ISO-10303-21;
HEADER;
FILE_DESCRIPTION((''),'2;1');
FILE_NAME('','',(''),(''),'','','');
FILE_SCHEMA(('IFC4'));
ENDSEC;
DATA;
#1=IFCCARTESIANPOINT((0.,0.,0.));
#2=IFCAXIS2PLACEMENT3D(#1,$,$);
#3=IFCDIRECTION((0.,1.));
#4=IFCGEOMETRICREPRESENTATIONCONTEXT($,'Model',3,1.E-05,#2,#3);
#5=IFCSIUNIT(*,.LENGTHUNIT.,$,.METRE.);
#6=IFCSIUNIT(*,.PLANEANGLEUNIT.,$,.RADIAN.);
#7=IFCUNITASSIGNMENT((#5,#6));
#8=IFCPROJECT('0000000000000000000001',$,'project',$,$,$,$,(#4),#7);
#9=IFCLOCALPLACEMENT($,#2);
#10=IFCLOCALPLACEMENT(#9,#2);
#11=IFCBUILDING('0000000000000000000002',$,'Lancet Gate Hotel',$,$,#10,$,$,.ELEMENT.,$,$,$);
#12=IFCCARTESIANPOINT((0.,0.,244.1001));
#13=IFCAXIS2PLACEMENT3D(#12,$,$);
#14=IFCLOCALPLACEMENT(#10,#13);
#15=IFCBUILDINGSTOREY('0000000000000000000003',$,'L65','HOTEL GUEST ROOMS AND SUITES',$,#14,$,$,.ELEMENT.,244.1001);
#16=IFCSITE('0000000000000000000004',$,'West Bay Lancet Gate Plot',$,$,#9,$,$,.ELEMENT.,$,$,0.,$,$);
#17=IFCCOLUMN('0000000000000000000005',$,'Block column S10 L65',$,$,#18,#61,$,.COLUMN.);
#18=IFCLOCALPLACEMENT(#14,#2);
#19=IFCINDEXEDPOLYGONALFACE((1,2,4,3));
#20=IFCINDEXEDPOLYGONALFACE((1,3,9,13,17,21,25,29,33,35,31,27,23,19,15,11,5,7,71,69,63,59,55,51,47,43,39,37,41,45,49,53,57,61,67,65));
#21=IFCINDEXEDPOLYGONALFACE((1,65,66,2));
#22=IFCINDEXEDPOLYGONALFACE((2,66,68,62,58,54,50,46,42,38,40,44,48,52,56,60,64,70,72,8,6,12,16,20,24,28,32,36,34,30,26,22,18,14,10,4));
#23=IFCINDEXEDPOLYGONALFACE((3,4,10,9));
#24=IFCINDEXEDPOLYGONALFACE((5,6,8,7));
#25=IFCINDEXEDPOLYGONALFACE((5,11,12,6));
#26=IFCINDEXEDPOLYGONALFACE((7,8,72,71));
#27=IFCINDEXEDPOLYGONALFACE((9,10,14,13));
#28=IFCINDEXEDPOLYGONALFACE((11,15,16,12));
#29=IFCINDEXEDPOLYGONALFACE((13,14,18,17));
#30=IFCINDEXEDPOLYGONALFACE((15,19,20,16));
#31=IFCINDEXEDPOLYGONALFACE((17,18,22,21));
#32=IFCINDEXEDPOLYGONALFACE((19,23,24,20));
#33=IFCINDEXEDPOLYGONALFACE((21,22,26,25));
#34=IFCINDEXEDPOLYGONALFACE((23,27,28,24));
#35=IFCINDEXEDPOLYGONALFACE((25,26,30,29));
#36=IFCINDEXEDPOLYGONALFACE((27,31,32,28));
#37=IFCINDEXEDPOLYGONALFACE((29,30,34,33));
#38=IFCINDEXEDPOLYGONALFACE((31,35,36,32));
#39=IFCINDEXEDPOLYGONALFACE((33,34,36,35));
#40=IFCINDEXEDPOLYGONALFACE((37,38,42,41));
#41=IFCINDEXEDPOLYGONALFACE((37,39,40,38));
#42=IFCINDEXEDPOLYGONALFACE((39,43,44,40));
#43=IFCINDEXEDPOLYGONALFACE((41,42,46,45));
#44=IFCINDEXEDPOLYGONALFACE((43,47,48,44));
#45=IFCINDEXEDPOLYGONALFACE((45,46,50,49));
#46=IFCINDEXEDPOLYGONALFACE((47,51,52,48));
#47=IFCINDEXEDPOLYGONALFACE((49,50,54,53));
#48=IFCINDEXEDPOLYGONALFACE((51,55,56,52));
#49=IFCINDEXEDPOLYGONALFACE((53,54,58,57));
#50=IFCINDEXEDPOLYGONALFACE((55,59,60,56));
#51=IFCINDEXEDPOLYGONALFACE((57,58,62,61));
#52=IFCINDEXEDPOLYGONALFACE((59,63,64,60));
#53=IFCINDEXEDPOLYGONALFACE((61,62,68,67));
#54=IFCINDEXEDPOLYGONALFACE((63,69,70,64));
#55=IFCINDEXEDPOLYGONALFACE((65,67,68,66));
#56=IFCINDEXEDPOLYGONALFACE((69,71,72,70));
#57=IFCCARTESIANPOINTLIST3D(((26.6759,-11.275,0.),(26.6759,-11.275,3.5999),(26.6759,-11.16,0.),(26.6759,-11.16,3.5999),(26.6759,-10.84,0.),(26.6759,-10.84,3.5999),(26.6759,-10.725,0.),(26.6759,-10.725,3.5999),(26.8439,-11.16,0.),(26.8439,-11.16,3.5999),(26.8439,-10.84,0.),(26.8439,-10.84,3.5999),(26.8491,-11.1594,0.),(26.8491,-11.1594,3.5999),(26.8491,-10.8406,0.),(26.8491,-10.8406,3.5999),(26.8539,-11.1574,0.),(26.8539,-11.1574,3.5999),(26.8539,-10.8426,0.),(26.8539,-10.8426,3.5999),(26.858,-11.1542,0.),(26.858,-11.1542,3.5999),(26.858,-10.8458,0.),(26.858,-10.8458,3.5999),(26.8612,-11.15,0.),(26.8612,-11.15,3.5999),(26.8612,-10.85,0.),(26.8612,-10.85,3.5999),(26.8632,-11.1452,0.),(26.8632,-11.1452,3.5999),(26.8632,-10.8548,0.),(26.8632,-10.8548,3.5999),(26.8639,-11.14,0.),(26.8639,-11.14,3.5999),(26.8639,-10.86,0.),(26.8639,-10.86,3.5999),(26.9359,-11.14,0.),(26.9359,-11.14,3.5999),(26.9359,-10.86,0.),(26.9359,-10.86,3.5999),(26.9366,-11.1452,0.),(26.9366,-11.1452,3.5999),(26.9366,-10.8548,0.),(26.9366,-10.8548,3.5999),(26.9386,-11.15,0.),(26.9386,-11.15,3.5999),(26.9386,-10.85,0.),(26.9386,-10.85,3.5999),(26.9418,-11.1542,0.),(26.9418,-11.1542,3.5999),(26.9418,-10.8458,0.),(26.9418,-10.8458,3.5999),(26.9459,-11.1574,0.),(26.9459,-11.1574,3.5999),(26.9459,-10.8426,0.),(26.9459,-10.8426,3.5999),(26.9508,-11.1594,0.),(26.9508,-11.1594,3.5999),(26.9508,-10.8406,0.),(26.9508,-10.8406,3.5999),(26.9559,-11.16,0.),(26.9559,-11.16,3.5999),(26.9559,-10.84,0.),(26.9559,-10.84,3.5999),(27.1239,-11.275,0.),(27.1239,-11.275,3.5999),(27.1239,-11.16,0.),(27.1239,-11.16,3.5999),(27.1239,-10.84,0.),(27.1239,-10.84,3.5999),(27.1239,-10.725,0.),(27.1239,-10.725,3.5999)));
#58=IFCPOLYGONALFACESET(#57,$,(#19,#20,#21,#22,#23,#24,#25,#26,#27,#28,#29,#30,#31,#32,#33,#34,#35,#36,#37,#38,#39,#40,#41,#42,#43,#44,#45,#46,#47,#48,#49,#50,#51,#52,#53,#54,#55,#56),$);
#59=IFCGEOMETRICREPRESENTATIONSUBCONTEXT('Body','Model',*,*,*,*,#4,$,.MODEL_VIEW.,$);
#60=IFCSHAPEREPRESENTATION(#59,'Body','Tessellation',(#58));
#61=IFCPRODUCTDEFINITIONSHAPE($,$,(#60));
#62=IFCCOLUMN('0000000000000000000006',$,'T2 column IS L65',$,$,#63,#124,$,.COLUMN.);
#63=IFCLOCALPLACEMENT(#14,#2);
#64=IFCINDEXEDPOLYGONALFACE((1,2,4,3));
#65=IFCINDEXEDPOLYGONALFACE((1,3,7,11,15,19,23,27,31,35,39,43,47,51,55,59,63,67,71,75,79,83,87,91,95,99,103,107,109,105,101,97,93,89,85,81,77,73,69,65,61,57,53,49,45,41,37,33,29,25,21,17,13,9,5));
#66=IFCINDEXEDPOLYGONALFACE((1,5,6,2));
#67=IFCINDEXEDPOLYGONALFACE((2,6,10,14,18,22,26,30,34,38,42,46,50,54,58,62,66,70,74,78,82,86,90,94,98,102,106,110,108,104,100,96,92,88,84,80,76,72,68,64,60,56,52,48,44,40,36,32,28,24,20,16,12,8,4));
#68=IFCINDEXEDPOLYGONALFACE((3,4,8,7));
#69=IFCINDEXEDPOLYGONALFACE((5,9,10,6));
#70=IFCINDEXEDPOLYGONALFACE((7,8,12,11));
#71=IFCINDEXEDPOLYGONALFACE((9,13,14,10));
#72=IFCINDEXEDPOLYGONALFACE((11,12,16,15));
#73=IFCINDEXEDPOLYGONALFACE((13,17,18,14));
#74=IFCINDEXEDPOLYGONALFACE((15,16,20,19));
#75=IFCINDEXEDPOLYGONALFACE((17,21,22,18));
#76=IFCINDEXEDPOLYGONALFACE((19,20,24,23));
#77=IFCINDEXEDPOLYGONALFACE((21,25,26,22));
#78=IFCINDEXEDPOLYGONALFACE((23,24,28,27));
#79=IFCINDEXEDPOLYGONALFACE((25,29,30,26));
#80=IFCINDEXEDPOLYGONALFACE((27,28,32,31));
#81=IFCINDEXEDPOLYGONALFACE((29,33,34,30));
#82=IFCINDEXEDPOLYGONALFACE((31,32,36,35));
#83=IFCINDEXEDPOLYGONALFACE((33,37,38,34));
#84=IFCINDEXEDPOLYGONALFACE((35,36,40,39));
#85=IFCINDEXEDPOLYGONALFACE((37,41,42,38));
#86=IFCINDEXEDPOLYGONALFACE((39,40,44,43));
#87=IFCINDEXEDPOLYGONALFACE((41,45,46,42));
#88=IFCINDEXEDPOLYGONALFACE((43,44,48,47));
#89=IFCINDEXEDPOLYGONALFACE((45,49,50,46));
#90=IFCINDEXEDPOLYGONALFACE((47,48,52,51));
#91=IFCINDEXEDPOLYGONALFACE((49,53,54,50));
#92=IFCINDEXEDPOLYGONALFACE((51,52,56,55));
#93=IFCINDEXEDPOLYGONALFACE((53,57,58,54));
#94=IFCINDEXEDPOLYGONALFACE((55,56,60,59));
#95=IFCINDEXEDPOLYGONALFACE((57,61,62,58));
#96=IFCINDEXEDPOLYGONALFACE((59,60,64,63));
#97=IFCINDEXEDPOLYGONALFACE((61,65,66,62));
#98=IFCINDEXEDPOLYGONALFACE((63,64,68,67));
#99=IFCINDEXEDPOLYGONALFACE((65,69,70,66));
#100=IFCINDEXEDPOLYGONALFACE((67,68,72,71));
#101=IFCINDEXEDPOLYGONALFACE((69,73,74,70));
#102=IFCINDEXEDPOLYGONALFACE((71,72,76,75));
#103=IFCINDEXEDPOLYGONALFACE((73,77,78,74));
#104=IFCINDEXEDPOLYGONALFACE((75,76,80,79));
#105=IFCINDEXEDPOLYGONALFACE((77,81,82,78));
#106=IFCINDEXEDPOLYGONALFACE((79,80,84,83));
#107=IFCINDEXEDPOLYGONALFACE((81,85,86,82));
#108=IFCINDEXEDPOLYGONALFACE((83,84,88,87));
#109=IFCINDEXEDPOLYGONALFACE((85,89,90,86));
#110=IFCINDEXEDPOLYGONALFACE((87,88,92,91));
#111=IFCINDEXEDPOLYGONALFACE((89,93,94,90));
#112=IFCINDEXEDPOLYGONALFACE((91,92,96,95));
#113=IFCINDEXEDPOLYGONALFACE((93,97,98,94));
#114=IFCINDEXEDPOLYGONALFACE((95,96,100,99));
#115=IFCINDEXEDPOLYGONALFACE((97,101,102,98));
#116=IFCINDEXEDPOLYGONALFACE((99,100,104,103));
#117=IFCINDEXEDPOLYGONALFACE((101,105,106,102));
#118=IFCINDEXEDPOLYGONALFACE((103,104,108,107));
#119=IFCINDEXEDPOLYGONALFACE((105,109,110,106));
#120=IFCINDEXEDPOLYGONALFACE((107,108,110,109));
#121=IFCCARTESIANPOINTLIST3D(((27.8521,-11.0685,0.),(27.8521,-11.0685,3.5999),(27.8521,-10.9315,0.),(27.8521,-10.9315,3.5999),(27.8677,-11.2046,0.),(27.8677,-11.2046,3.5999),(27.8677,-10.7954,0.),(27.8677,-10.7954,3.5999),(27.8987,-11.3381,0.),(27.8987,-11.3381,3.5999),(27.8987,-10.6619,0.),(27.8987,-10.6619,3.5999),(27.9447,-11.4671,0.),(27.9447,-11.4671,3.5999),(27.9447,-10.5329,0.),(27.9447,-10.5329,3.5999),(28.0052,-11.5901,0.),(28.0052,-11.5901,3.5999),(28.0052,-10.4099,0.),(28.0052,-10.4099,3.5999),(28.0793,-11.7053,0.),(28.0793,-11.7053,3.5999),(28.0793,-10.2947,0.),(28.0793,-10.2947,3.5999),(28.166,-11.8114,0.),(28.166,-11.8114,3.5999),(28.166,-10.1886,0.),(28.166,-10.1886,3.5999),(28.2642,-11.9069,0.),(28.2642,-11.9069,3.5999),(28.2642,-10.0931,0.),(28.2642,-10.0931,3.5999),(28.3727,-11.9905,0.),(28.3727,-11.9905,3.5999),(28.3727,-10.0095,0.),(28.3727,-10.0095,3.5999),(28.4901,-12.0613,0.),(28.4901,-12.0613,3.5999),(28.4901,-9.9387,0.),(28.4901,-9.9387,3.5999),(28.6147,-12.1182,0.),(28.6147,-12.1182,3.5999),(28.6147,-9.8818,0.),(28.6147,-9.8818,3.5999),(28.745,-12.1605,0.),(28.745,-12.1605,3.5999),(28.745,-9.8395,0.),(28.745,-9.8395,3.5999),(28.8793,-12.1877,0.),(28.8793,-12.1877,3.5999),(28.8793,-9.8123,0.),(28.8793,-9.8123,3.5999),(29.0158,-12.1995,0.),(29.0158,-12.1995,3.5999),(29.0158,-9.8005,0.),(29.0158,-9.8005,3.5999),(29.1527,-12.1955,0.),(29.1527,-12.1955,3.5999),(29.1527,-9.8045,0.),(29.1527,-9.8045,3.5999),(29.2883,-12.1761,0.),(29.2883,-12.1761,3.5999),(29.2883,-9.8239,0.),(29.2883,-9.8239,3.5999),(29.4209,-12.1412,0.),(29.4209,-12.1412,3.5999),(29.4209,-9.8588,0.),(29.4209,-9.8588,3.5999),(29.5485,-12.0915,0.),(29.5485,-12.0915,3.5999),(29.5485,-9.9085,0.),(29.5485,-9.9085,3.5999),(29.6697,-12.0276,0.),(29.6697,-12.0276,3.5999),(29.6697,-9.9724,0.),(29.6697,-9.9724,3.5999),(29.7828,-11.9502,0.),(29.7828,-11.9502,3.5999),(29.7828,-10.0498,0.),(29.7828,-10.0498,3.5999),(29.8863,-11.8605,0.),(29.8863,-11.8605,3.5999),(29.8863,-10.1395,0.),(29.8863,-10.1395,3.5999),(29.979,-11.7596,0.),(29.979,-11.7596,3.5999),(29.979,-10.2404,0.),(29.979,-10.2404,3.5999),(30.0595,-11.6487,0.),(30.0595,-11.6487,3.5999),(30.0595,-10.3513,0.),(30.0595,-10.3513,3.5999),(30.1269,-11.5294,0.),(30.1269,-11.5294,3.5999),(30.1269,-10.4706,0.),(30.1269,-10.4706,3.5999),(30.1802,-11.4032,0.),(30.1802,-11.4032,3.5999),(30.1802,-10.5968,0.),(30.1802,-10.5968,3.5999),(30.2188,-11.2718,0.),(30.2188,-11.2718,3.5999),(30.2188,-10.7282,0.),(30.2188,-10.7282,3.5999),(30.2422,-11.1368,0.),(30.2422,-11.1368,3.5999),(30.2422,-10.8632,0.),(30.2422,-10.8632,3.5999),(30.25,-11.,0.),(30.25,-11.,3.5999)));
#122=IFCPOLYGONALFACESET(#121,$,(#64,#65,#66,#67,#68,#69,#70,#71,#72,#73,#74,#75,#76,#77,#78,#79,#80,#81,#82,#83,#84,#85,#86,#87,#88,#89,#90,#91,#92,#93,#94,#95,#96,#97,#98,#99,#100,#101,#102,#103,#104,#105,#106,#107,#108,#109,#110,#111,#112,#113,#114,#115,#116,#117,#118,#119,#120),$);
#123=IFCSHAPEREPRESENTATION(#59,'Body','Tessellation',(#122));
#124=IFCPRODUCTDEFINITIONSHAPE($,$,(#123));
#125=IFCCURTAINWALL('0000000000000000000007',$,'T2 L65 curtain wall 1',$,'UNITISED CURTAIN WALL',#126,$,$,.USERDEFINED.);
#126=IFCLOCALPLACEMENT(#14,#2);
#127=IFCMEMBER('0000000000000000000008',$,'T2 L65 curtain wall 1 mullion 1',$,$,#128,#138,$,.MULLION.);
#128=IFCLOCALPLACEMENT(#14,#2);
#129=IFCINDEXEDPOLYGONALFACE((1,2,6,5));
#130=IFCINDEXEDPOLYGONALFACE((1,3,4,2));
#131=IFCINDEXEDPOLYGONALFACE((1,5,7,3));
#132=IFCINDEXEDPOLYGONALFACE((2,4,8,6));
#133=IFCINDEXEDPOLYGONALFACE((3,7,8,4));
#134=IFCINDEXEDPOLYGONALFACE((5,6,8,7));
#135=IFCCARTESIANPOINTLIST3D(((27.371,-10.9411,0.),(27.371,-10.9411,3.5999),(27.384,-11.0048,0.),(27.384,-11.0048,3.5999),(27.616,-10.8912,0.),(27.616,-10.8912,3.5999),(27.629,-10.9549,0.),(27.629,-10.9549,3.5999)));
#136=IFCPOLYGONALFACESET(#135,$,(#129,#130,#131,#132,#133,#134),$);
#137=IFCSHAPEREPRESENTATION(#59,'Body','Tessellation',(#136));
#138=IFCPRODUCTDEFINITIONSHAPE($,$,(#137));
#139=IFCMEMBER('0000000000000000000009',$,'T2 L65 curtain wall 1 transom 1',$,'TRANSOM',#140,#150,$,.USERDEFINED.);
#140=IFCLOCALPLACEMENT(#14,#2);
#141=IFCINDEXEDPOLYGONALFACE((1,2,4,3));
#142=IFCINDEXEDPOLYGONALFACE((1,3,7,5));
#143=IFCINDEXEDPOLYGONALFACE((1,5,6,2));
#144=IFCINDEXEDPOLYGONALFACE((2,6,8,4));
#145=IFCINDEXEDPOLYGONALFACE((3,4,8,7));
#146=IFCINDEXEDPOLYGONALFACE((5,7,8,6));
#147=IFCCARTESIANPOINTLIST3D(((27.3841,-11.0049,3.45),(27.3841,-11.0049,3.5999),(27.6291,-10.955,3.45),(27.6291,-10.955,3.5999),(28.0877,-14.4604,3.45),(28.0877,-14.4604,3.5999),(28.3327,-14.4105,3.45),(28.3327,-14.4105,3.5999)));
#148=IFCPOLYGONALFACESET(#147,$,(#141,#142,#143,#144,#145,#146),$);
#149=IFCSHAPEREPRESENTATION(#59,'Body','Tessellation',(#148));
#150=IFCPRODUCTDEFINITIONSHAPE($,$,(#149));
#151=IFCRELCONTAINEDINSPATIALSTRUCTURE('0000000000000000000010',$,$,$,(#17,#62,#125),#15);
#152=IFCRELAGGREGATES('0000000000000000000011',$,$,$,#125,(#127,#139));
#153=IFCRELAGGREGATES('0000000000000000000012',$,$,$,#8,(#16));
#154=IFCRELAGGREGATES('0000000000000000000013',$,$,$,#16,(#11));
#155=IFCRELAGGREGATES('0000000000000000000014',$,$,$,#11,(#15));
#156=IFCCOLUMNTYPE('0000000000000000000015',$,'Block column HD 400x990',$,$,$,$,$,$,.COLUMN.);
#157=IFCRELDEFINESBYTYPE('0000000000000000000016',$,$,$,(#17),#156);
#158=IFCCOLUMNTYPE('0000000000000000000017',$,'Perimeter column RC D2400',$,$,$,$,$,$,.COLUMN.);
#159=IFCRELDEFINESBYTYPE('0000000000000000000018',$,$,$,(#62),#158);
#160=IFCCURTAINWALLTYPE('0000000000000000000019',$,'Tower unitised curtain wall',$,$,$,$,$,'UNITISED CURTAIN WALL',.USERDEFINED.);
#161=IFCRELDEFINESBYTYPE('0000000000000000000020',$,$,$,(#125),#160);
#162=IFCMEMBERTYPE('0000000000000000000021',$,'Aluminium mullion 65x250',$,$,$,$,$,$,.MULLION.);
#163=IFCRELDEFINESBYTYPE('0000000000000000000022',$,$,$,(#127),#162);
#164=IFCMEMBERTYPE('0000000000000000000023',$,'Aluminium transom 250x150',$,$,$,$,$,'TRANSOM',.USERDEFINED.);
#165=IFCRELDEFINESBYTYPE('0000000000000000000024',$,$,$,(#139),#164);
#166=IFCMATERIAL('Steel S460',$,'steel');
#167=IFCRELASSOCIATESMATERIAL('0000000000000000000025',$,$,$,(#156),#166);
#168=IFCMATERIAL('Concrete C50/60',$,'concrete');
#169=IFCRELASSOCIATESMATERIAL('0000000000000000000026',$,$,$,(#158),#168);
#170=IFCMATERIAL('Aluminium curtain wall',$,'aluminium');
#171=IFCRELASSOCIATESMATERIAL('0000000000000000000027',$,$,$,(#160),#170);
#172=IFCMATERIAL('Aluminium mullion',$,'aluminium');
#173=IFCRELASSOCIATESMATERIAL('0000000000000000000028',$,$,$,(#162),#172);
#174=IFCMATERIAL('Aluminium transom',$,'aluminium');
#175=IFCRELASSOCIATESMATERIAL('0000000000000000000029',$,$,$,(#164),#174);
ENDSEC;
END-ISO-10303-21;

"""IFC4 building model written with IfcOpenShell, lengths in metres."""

from ifc_helpers import new_model, si_unit, direction, frame, origin, origin_2d, place, context, subcontext, project, spatial, rectangle, circle, i_section, extrude, material, material_profile, profile_set, type_object, element, aggregate, save


model = new_model("IFC4")

# Units and contexts
model_context = context("Model", 3, precision=1e-05, world=origin(), true_north=direction((0.0, 1.0)))
body_context = subcontext(model_context, "Body", "Model", "MODEL_VIEW")
ifc_project = project(units=[si_unit("LENGTHUNIT", "METRE"), si_unit("PLANEANGLEUNIT", "RADIAN")], contexts=[model_context])

# Site, building, storey
site_placement = place(None, origin())
site = spatial("IfcSite", under=ifc_project, at=site_placement, Name="West Bay Lancet Gate Plot", CompositionType="ELEMENT", RefElevation=0.0)
building_placement = place(site_placement, origin())
building = spatial("IfcBuilding", under=site, at=building_placement, Name="Lancet Gate Hotel", CompositionType="ELEMENT")
storey_placement = place(building_placement, frame((0.0, 0.0, 244.1001)))
storey = spatial("IfcBuildingStorey", under=building, at=storey_placement, Name="L65", Description="HOTEL GUEST ROOMS AND SUITES", CompositionType="ELEMENT", Elevation=244.1001)

# Columns
ifc_material_1 = material(Name="Steel S460", Category="steel")
ifc_material_profile_1 = material_profile(ifc_material_1, i_section(OverallWidth=0.448, OverallDepth=0.55, WebThickness=0.072, FlangeThickness=0.115, FilletRadius=0.02, at=origin_2d()), Name="HD 400x990")
ifc_profile_set_1 = profile_set([ifc_material_profile_1], Name="Steel S460")
column_type_1 = type_object("IfcColumnType", Name="Block column HD 400x990", PredefinedType="COLUMN", material=ifc_profile_set_1)
column_1_placement = place(storey_placement, frame((26.8999, -11.0, 0.0), z_axis=(0.0, 0.0, 1.0), x_axis=(1.0, 0.0, 0.0)))
element("IfcColumn", 1, at=column_1_placement, inside=storey, type_object=column_type_1, Name="Block column S10 L65", PredefinedType="COLUMN", context=body_context, shape_type="SweptSolid", body=[
    extrude(i_section(OverallWidth=0.448, OverallDepth=0.55, WebThickness=0.072, FlangeThickness=0.115, FilletRadius=0.02, at=origin_2d()), origin(), (0.0, 0.0, 1.0), 3.5999),
])
ifc_material_2 = material(Name="Concrete C50/60", Category="concrete")
ifc_material_profile_2 = material_profile(ifc_material_2, circle(Radius=1.2, at=origin_2d()), Name="RC D2400")
ifc_profile_set_2 = profile_set([ifc_material_profile_2], Name="Concrete C50/60")
column_type_2 = type_object("IfcColumnType", Name="Perimeter column RC D2400", PredefinedType="COLUMN", material=ifc_profile_set_2)
column_2_placement = place(storey_placement, frame((29.05, -11.0, 0.0), z_axis=(0.0, 0.0, 1.0), x_axis=(1.0, 0.0, 0.0)))
element("IfcColumn", 2, at=column_2_placement, inside=storey, type_object=column_type_2, Name="T2 column IS L65", PredefinedType="COLUMN", context=body_context, shape_type="SweptSolid", body=[
    extrude(circle(Radius=1.2, at=origin_2d()), origin(), (0.0, 0.0, 1.0), 3.5999),
])

# Curtain wall, members
ifc_material_3 = material(Name="Aluminium curtain wall", Category="aluminium")
curtain_wall_type = type_object("IfcCurtainWallType", Name="Tower unitised curtain wall", ElementType="UNITISED CURTAIN WALL", PredefinedType="USERDEFINED", material=ifc_material_3)
curtain_wall_placement = place(storey_placement, origin())
curtain_wall = element("IfcCurtainWall", 3, at=curtain_wall_placement, inside=storey, type_object=curtain_wall_type, Name="T2 L65 curtain wall 1", ObjectType="UNITISED CURTAIN WALL", PredefinedType="USERDEFINED")
ifc_material_4 = material(Name="Aluminium mullion", Category="aluminium")
ifc_material_profile_3 = material_profile(ifc_material_4, rectangle(XDim=0.0649, YDim=0.25, at=origin_2d()), Name="MULLION 65x250")
ifc_profile_set_3 = profile_set([ifc_material_profile_3], Name="Aluminium mullion")
member_type_1 = type_object("IfcMemberType", Name="Aluminium mullion 65x250", PredefinedType="MULLION", material=ifc_profile_set_3)
member_1_placement = place(storey_placement, frame((27.5, -10.948, 0.0), z_axis=(0.0, 0.0, 1.0), x_axis=(0.199533, -0.979891, 0.0)))
member_1 = element("IfcMember", 4, at=member_1_placement, type_object=member_type_1, Name="T2 L65 curtain wall 1 mullion 1", PredefinedType="MULLION", context=body_context, shape_type="SweptSolid", body=[
    extrude(rectangle(XDim=0.0649, YDim=0.25, at=origin_2d()), origin(), (0.0, 0.0, 1.0), 3.5999),
])
ifc_material_5 = material(Name="Aluminium transom", Category="aluminium")
ifc_material_profile_4 = material_profile(ifc_material_5, rectangle(XDim=0.25, YDim=0.1499, at=origin_2d()), Name="TRANSOM 250x150")
ifc_profile_set_4 = profile_set([ifc_material_profile_4], Name="Aluminium transom")
member_type_2 = type_object("IfcMemberType", Name="Aluminium transom 250x150", ElementType="TRANSOM", PredefinedType="USERDEFINED", material=ifc_profile_set_4)
member_2_placement = place(storey_placement, frame((27.5066, -10.98, 3.5249), z_axis=(0.199523, -0.979893, 0.0), x_axis=(0.979893, 0.199523, 0.0)))
member_2 = element("IfcMember", 5, at=member_2_placement, type_object=member_type_2, Name="T2 L65 curtain wall 1 transom 1", ObjectType="TRANSOM", PredefinedType="USERDEFINED", context=body_context, shape_type="SweptSolid", body=[
    extrude(rectangle(XDim=0.25, YDim=0.1499, at=origin_2d()), origin(), (0.0, 0.0, 1.0), 3.5264),
])
aggregate(curtain_wall, [member_1, member_2])

save(model, "model.ifc")
